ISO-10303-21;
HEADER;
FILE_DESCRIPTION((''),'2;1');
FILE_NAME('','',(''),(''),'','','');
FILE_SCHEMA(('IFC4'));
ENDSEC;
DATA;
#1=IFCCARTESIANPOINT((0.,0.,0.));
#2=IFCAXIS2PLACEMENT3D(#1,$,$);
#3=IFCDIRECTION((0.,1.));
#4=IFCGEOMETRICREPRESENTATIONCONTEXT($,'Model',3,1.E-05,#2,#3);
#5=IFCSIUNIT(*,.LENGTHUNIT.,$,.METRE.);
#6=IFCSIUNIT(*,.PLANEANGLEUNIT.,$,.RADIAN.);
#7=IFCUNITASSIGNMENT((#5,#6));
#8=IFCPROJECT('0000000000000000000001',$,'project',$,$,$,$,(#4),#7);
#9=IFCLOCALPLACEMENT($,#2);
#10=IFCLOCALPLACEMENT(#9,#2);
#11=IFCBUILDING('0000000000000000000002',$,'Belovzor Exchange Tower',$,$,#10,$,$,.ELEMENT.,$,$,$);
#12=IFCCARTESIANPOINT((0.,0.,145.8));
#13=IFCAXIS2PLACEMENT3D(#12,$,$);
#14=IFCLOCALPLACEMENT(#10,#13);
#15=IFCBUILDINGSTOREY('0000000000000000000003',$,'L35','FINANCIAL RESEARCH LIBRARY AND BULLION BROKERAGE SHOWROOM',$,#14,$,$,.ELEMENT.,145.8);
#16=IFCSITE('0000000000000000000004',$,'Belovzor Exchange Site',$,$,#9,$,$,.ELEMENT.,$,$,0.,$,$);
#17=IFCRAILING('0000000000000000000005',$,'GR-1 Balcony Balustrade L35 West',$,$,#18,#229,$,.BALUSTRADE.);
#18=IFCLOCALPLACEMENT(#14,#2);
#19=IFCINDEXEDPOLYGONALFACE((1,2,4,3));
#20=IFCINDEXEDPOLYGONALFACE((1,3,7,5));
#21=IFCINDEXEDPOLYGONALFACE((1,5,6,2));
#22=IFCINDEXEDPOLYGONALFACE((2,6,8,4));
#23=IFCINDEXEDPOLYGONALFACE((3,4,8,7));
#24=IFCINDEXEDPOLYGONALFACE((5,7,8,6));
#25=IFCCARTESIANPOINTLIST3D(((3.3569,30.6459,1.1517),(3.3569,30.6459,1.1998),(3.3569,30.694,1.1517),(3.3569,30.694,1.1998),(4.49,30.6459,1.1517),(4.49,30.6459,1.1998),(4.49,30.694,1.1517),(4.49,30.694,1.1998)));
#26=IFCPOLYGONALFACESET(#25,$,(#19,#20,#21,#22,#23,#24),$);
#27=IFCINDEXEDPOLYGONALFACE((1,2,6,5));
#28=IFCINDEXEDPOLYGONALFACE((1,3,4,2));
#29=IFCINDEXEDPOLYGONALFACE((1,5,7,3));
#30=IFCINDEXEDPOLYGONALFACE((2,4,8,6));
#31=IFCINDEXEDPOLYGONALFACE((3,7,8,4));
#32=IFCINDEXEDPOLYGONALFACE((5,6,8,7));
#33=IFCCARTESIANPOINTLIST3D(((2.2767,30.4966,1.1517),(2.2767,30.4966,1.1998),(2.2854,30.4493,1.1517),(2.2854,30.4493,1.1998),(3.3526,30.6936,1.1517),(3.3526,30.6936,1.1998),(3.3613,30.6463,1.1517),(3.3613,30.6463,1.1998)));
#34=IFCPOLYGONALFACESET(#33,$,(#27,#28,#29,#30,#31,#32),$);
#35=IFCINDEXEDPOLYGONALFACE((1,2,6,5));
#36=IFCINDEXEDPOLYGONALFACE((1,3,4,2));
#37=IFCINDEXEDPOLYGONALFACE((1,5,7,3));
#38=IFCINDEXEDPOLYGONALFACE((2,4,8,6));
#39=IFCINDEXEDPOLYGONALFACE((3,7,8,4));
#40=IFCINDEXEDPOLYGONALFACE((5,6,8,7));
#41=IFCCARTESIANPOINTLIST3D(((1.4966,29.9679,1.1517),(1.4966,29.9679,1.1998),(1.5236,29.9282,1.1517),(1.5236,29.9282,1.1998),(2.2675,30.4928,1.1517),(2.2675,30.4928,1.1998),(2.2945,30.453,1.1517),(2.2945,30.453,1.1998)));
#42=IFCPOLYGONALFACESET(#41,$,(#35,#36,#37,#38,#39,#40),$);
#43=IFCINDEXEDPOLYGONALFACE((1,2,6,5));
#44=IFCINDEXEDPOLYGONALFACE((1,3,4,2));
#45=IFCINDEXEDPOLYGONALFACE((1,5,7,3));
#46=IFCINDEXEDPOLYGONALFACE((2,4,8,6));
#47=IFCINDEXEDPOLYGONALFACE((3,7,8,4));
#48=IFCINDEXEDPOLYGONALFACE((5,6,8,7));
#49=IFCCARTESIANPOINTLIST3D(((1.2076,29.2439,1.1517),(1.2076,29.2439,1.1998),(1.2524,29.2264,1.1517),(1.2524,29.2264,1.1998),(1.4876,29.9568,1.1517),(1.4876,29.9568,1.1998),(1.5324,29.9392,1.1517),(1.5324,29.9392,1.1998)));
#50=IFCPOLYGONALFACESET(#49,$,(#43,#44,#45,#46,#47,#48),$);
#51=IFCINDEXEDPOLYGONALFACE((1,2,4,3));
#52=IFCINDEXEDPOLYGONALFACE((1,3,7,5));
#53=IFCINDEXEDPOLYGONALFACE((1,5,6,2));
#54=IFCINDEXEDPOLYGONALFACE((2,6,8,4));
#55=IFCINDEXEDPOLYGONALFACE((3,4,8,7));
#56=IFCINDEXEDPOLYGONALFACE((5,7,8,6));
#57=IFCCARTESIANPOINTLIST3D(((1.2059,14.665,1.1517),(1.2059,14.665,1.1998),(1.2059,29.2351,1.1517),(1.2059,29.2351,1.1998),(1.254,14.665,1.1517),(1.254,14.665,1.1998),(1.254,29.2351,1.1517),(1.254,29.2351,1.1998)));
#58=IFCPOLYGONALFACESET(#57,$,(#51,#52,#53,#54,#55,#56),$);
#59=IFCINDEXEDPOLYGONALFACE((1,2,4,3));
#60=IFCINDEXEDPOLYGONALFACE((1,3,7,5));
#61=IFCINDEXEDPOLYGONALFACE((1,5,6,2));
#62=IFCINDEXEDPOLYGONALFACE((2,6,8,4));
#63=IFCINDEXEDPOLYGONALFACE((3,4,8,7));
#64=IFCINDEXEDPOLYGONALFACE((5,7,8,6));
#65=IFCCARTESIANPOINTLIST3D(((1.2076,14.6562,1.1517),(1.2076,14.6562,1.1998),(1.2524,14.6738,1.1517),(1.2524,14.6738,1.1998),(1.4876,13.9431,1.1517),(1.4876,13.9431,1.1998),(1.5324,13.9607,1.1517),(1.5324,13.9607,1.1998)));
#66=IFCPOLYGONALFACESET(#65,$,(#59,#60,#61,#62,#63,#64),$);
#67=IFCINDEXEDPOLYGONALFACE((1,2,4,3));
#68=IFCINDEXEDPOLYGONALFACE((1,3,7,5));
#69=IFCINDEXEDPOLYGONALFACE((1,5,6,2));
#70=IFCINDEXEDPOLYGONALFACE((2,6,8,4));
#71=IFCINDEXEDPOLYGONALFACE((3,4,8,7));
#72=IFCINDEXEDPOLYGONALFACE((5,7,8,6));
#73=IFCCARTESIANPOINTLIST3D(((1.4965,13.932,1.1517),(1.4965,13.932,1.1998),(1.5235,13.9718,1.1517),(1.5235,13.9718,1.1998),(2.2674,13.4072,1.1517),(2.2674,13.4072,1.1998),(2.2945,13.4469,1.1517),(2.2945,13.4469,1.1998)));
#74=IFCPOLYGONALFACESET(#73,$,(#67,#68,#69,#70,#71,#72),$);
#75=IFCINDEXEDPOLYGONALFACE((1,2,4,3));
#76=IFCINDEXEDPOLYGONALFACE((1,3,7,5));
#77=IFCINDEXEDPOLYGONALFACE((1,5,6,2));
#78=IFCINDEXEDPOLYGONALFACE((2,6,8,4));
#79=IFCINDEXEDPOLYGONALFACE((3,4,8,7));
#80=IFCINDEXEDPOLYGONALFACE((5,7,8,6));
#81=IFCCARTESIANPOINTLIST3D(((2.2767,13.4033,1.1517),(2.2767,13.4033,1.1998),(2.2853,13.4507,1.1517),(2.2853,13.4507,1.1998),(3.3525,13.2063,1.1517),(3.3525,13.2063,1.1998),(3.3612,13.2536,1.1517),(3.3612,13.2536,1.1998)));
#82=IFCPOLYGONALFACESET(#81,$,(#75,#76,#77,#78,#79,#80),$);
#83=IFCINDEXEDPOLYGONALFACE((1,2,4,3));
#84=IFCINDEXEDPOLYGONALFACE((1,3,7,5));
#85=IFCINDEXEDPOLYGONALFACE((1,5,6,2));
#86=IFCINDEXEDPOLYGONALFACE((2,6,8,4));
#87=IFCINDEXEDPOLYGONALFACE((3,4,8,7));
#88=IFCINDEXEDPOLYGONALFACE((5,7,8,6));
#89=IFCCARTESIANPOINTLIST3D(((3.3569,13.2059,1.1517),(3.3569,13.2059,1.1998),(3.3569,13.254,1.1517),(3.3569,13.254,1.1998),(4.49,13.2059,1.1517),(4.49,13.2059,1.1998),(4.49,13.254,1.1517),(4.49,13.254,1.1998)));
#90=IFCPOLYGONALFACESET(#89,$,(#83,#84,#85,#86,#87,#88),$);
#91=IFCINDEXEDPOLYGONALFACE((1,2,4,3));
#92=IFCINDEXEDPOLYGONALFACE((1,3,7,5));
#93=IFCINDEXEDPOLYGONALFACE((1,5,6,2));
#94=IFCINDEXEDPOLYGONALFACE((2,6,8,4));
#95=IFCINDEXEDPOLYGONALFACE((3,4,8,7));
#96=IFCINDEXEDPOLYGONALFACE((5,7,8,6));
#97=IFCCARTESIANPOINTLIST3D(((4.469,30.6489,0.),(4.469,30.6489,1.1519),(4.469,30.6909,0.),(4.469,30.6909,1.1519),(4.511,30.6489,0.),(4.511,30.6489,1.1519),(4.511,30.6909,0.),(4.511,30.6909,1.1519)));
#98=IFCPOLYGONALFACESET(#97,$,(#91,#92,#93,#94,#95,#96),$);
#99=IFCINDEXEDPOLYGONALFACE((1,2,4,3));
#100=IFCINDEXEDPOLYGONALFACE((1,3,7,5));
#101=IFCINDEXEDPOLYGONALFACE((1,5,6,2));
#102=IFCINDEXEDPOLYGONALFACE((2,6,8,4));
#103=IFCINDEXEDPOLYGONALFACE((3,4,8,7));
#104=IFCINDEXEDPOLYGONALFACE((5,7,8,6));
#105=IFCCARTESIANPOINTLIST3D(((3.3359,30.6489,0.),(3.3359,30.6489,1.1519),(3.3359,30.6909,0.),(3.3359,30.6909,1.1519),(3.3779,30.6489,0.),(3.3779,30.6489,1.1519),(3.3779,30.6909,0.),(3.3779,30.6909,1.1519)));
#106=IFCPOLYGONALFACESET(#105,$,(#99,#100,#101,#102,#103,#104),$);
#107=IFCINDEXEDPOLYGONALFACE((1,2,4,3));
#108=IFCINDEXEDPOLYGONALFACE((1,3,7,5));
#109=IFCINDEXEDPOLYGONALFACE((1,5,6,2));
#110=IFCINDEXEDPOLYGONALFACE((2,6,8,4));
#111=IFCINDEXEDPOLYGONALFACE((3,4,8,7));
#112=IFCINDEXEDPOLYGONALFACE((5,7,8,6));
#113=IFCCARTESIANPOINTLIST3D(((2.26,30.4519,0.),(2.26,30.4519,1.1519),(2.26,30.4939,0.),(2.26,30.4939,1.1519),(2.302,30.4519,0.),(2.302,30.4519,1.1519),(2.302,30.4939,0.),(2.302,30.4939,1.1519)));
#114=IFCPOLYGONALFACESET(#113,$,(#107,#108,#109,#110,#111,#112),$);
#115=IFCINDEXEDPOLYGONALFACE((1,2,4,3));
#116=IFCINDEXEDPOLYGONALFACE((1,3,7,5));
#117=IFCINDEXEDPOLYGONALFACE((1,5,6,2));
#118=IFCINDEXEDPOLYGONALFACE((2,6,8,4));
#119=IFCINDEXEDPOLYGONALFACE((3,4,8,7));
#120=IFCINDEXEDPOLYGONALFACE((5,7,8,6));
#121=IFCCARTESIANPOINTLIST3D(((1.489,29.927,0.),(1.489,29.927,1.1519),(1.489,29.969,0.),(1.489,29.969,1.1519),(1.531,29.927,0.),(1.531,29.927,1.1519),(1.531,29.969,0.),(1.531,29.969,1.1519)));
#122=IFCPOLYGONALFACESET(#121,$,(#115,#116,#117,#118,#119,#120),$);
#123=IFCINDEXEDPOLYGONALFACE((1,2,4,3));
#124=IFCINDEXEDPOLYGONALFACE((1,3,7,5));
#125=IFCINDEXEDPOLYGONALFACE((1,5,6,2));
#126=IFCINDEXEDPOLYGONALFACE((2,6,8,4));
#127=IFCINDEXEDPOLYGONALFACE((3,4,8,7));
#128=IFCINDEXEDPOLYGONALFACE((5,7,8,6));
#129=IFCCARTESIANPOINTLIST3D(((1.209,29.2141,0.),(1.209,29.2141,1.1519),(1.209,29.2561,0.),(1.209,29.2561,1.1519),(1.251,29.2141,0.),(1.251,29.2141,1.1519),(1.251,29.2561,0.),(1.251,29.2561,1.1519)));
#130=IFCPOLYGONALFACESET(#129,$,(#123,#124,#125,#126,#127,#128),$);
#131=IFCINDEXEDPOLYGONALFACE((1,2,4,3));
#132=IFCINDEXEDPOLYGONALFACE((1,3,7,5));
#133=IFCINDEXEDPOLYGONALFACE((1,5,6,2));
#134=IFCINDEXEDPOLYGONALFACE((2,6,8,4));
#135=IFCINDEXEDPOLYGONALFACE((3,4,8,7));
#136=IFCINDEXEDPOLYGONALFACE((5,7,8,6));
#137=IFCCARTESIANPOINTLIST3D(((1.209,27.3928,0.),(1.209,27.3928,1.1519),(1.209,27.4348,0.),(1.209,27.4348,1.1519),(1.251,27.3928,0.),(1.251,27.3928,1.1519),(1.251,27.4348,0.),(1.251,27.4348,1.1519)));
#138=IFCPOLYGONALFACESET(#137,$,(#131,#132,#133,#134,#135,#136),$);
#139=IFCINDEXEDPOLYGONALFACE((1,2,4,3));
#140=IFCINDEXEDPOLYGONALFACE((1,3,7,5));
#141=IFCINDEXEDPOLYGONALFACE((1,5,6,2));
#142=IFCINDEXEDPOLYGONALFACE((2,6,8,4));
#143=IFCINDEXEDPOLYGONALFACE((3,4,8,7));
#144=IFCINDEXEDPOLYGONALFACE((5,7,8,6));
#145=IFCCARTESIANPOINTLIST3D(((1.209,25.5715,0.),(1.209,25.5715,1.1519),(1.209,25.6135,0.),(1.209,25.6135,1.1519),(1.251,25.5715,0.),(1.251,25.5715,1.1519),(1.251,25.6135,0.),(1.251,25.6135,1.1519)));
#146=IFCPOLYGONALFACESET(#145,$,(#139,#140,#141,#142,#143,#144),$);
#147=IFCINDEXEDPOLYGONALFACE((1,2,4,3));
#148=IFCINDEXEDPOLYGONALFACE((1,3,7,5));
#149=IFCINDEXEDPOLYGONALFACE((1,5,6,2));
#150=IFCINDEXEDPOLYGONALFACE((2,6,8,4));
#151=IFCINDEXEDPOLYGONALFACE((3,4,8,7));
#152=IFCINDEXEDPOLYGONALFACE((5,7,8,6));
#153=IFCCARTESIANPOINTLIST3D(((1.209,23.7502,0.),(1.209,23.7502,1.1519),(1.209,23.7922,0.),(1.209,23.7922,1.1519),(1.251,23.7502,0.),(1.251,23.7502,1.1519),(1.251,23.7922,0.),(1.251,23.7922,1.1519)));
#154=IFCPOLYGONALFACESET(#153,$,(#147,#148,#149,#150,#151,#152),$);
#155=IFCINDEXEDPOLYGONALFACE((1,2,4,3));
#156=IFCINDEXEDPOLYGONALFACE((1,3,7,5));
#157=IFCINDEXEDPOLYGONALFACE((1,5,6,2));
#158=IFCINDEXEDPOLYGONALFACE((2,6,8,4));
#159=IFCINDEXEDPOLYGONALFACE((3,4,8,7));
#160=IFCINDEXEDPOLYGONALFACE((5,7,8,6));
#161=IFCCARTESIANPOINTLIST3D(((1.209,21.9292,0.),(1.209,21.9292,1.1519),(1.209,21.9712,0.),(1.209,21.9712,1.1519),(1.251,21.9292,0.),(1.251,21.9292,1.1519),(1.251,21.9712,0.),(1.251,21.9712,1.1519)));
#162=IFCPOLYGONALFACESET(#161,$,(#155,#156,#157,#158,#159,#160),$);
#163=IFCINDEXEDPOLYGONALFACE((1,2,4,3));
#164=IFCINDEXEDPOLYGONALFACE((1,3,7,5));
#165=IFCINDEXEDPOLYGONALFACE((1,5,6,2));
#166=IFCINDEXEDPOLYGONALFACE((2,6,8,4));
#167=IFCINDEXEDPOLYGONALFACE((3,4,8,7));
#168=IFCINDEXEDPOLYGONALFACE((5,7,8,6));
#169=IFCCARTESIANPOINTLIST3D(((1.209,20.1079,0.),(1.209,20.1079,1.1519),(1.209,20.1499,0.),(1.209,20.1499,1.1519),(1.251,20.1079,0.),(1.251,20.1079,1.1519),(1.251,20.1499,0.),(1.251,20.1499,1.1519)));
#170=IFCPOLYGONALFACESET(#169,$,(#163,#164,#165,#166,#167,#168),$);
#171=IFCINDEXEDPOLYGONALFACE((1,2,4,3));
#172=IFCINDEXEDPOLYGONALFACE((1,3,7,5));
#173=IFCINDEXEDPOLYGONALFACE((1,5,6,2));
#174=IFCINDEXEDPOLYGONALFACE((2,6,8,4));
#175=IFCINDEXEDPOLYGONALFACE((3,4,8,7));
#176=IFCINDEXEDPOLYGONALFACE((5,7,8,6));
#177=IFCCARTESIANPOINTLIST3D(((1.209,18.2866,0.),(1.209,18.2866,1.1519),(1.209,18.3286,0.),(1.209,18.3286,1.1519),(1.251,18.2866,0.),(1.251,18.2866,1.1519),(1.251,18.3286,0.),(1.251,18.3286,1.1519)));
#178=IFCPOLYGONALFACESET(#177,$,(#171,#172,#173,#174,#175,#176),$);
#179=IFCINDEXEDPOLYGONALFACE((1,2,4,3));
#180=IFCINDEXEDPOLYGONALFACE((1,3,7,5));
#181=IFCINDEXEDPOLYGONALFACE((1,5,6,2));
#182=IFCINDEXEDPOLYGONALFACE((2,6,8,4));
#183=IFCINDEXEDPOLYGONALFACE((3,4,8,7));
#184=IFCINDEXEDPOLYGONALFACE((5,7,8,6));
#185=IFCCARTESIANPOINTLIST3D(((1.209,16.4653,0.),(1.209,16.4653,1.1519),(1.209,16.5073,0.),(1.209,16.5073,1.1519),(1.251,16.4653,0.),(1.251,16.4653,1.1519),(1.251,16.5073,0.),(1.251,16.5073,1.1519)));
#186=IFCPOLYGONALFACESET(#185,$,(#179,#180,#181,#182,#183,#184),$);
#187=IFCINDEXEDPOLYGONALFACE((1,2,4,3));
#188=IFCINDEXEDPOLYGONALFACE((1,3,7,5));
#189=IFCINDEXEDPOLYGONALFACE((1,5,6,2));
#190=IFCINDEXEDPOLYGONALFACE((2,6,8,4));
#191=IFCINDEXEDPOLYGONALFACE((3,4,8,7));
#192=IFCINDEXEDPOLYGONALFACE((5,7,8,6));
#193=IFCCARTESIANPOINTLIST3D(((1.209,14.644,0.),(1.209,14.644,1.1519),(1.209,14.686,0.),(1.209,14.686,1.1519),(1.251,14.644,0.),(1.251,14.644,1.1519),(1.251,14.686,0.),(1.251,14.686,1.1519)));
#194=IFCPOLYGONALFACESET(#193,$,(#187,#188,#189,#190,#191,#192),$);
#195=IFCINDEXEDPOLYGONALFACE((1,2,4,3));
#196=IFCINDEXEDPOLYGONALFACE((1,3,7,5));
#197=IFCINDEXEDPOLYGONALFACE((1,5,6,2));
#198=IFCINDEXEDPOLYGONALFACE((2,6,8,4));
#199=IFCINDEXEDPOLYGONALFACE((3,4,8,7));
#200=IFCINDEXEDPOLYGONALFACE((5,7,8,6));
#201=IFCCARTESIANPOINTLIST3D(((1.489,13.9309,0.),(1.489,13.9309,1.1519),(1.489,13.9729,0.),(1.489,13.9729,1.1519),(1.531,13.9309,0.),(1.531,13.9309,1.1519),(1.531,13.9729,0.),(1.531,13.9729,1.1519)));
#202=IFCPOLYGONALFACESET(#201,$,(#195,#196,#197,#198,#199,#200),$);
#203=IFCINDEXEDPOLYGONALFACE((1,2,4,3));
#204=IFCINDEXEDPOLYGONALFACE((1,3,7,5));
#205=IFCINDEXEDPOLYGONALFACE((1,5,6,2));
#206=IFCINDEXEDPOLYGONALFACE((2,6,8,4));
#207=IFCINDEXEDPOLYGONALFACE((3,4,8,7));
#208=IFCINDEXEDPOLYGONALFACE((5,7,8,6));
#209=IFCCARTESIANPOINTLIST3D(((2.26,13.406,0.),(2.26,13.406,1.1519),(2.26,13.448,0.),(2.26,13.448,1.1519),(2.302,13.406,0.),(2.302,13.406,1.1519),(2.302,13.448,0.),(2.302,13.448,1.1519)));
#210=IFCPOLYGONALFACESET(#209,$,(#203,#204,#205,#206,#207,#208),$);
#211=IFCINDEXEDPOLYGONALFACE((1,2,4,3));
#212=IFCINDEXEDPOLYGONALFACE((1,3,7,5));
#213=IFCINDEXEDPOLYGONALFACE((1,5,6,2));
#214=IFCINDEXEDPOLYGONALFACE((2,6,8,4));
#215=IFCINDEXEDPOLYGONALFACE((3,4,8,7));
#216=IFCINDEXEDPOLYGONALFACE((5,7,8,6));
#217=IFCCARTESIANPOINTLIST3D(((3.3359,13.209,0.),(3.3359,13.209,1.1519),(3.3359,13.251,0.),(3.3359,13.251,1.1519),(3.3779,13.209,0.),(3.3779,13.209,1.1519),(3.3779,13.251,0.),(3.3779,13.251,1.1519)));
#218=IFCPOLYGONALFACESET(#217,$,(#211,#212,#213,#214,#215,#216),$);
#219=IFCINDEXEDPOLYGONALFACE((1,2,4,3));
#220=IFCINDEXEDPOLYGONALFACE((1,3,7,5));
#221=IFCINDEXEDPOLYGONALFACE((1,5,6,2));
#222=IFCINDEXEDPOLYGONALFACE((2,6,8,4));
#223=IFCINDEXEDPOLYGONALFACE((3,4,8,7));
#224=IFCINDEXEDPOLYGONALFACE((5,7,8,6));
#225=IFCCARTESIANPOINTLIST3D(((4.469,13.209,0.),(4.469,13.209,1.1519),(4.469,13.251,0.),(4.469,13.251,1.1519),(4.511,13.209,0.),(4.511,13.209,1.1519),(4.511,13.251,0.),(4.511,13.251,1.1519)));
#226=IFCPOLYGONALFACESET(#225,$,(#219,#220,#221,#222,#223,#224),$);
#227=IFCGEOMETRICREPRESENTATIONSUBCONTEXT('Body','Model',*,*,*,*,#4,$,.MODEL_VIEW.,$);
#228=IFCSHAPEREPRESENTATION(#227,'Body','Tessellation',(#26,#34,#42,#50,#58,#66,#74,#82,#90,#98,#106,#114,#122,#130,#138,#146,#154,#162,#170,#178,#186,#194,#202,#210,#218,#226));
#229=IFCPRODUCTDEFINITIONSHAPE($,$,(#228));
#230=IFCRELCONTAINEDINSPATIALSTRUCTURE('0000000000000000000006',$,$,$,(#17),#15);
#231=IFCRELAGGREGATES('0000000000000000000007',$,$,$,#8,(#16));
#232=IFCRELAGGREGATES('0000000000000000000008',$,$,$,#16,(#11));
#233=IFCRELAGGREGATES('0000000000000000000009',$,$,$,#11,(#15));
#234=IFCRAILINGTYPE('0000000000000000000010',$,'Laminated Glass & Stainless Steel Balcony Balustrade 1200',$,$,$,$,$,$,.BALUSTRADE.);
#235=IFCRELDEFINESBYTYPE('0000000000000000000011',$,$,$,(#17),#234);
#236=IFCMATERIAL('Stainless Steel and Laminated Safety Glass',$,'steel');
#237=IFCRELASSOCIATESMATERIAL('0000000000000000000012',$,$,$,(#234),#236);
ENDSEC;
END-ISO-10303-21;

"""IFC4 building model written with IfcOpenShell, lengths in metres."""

from ifc_helpers import new_model, si_unit, direction, frame, origin, origin_2d, place, context, subcontext, project, spatial, rectangle, extrude, material, type_object, element, save


model = new_model("IFC4")

# Units and contexts
model_context = context("Model", 3, precision=1e-05, world=origin(), true_north=direction((0.0, 1.0)))
body_context = subcontext(model_context, "Body", "Model", "MODEL_VIEW")
ifc_project = project(units=[si_unit("LENGTHUNIT", "METRE"), si_unit("PLANEANGLEUNIT", "RADIAN")], contexts=[model_context])

# Site, building, storey
site_placement = place(None, origin())
site = spatial("IfcSite", under=ifc_project, at=site_placement, Name="Belovzor Exchange Site", CompositionType="ELEMENT", RefElevation=0.0)
building_placement = place(site_placement, origin())
building = spatial("IfcBuilding", under=site, at=building_placement, Name="Belovzor Exchange Tower", CompositionType="ELEMENT")
storey_placement = place(building_placement, frame((0.0, 0.0, 145.8)))
storey = spatial("IfcBuildingStorey", under=building, at=storey_placement, Name="L35", Description="FINANCIAL RESEARCH LIBRARY AND BULLION BROKERAGE SHOWROOM", CompositionType="ELEMENT", Elevation=145.8)

# Railing
ifc_material_1 = material(Name="Stainless Steel and Laminated Safety Glass", Category="steel")
railing_type = type_object("IfcRailingType", Name="Laminated Glass & Stainless Steel Balcony Balustrade 1200", PredefinedType="BALUSTRADE", material=ifc_material_1)
railing_placement = place(storey_placement, frame((4.49, 30.6699, 0.0)))
element("IfcRailing", 1, at=railing_placement, inside=storey, type_object=railing_type, Name="GR-1 Balcony Balustrade L35 West", PredefinedType="BALUSTRADE", context=body_context, shape_type="SweptSolid", body=[
    extrude(rectangle(XDim=0.0481, YDim=0.0481, at=origin_2d()), frame((0.0, 0.0, 1.1758), z_axis=(-1.0, 0.0, 0.0), x_axis=(0.0, -1.0, 0.0)), (0.0, 0.0, 1.0), 1.1331),
    extrude(rectangle(XDim=0.0481, YDim=0.0481, at=origin_2d()), frame((-1.1331, 0.0, 1.1758), z_axis=(-0.983644, -0.180123, 0.0), x_axis=(0.180123, -0.983644, 0.0)), (0.0, 0.0, 1.0), 1.0938),
    extrude(rectangle(XDim=0.0481, YDim=0.0481, at=origin_2d()), frame((-2.209, -0.197, 1.1758), z_axis=(-0.826615, -0.562768, 0.0), x_axis=(0.562768, -0.826615, 0.0)), (0.0, 0.0, 1.0), 0.9326),
    extrude(rectangle(XDim=0.0481, YDim=0.0481, at=origin_2d()), frame((-2.98, -0.7219, 1.1758), z_axis=(-0.365613, -0.930767, 0.0), x_axis=(0.930767, -0.365613, 0.0)), (0.0, 0.0, 1.0), 0.7659),
    extrude(rectangle(XDim=0.0481, YDim=0.0481, at=origin_2d()), frame((-3.26, -1.4348, 1.1758), z_axis=(0.0, -1.0, 0.0), x_axis=(1.0, 0.0, 0.0)), (0.0, 0.0, 1.0), 14.5701),
    extrude(rectangle(XDim=0.0481, YDim=0.0481, at=origin_2d()), frame((-3.26, -16.0049, 1.1758), z_axis=(0.365504, -0.93081, 0.0), x_axis=(0.93081, 0.365504, 0.0)), (0.0, 0.0, 1.0), 0.7661),
    extrude(rectangle(XDim=0.0481, YDim=0.0481, at=origin_2d()), frame((-2.98, -16.718, 1.1758), z_axis=(0.826615, -0.562768, 0.0), x_axis=(0.562768, 0.826615, 0.0)), (0.0, 0.0, 1.0), 0.9326),
    extrude(rectangle(XDim=0.0481, YDim=0.0481, at=origin_2d()), frame((-2.209, -17.2429, 1.1758), z_axis=(0.983644, -0.180123, 0.0), x_axis=(0.180123, 0.983644, 0.0)), (0.0, 0.0, 1.0), 1.0938),
    extrude(rectangle(XDim=0.0481, YDim=0.0481, at=origin_2d()), frame((-1.1331, -17.4399, 1.1758), z_axis=(1.0, 0.0, 0.0), x_axis=(0.0, 1.0, 0.0)), (0.0, 0.0, 1.0), 1.1331),
    extrude(rectangle(XDim=0.042, YDim=0.042, at=origin_2d()), origin(), (0.0, 0.0, 1.0), 1.1519),
    extrude(rectangle(XDim=0.042, YDim=0.042, at=origin_2d()), frame((-1.1331, 0.0, 0.0)), (0.0, 0.0, 1.0), 1.1519),
    extrude(rectangle(XDim=0.042, YDim=0.042, at=origin_2d()), frame((-2.209, -0.197, 0.0)), (0.0, 0.0, 1.0), 1.1519),
    extrude(rectangle(XDim=0.042, YDim=0.042, at=origin_2d()), frame((-2.98, -0.7219, 0.0)), (0.0, 0.0, 1.0), 1.1519),
    extrude(rectangle(XDim=0.042, YDim=0.042, at=origin_2d()), frame((-3.26, -1.4348, 0.0)), (0.0, 0.0, 1.0), 1.1519),
    extrude(rectangle(XDim=0.042, YDim=0.042, at=origin_2d()), frame((-3.26, -3.2561, 0.0)), (0.0, 0.0, 1.0), 1.1519),
    extrude(rectangle(XDim=0.042, YDim=0.042, at=origin_2d()), frame((-3.26, -5.0774, 0.0)), (0.0, 0.0, 1.0), 1.1519),
    extrude(rectangle(XDim=0.042, YDim=0.042, at=origin_2d()), frame((-3.26, -6.8987, 0.0)), (0.0, 0.0, 1.0), 1.1519),
    extrude(rectangle(XDim=0.042, YDim=0.042, at=origin_2d()), frame((-3.26, -8.7197, 0.0)), (0.0, 0.0, 1.0), 1.1519),
    extrude(rectangle(XDim=0.042, YDim=0.042, at=origin_2d()), frame((-3.26, -10.541, 0.0)), (0.0, 0.0, 1.0), 1.1519),
    extrude(rectangle(XDim=0.042, YDim=0.042, at=origin_2d()), frame((-3.26, -12.3623, 0.0)), (0.0, 0.0, 1.0), 1.1519),
    extrude(rectangle(XDim=0.042, YDim=0.042, at=origin_2d()), frame((-3.26, -14.1836, 0.0)), (0.0, 0.0, 1.0), 1.1519),
    extrude(rectangle(XDim=0.042, YDim=0.042, at=origin_2d()), frame((-3.26, -16.0049, 0.0)), (0.0, 0.0, 1.0), 1.1519),
    extrude(rectangle(XDim=0.042, YDim=0.042, at=origin_2d()), frame((-2.98, -16.718, 0.0)), (0.0, 0.0, 1.0), 1.1519),
    extrude(rectangle(XDim=0.042, YDim=0.042, at=origin_2d()), frame((-2.209, -17.2429, 0.0)), (0.0, 0.0, 1.0), 1.1519),
    extrude(rectangle(XDim=0.042, YDim=0.042, at=origin_2d()), frame((-1.1331, -17.4399, 0.0)), (0.0, 0.0, 1.0), 1.1519),
    extrude(rectangle(XDim=0.042, YDim=0.042, at=origin_2d()), frame((0.0, -17.4399, 0.0)), (0.0, 0.0, 1.0), 1.1519),
])

save(model, "model.ifc")
